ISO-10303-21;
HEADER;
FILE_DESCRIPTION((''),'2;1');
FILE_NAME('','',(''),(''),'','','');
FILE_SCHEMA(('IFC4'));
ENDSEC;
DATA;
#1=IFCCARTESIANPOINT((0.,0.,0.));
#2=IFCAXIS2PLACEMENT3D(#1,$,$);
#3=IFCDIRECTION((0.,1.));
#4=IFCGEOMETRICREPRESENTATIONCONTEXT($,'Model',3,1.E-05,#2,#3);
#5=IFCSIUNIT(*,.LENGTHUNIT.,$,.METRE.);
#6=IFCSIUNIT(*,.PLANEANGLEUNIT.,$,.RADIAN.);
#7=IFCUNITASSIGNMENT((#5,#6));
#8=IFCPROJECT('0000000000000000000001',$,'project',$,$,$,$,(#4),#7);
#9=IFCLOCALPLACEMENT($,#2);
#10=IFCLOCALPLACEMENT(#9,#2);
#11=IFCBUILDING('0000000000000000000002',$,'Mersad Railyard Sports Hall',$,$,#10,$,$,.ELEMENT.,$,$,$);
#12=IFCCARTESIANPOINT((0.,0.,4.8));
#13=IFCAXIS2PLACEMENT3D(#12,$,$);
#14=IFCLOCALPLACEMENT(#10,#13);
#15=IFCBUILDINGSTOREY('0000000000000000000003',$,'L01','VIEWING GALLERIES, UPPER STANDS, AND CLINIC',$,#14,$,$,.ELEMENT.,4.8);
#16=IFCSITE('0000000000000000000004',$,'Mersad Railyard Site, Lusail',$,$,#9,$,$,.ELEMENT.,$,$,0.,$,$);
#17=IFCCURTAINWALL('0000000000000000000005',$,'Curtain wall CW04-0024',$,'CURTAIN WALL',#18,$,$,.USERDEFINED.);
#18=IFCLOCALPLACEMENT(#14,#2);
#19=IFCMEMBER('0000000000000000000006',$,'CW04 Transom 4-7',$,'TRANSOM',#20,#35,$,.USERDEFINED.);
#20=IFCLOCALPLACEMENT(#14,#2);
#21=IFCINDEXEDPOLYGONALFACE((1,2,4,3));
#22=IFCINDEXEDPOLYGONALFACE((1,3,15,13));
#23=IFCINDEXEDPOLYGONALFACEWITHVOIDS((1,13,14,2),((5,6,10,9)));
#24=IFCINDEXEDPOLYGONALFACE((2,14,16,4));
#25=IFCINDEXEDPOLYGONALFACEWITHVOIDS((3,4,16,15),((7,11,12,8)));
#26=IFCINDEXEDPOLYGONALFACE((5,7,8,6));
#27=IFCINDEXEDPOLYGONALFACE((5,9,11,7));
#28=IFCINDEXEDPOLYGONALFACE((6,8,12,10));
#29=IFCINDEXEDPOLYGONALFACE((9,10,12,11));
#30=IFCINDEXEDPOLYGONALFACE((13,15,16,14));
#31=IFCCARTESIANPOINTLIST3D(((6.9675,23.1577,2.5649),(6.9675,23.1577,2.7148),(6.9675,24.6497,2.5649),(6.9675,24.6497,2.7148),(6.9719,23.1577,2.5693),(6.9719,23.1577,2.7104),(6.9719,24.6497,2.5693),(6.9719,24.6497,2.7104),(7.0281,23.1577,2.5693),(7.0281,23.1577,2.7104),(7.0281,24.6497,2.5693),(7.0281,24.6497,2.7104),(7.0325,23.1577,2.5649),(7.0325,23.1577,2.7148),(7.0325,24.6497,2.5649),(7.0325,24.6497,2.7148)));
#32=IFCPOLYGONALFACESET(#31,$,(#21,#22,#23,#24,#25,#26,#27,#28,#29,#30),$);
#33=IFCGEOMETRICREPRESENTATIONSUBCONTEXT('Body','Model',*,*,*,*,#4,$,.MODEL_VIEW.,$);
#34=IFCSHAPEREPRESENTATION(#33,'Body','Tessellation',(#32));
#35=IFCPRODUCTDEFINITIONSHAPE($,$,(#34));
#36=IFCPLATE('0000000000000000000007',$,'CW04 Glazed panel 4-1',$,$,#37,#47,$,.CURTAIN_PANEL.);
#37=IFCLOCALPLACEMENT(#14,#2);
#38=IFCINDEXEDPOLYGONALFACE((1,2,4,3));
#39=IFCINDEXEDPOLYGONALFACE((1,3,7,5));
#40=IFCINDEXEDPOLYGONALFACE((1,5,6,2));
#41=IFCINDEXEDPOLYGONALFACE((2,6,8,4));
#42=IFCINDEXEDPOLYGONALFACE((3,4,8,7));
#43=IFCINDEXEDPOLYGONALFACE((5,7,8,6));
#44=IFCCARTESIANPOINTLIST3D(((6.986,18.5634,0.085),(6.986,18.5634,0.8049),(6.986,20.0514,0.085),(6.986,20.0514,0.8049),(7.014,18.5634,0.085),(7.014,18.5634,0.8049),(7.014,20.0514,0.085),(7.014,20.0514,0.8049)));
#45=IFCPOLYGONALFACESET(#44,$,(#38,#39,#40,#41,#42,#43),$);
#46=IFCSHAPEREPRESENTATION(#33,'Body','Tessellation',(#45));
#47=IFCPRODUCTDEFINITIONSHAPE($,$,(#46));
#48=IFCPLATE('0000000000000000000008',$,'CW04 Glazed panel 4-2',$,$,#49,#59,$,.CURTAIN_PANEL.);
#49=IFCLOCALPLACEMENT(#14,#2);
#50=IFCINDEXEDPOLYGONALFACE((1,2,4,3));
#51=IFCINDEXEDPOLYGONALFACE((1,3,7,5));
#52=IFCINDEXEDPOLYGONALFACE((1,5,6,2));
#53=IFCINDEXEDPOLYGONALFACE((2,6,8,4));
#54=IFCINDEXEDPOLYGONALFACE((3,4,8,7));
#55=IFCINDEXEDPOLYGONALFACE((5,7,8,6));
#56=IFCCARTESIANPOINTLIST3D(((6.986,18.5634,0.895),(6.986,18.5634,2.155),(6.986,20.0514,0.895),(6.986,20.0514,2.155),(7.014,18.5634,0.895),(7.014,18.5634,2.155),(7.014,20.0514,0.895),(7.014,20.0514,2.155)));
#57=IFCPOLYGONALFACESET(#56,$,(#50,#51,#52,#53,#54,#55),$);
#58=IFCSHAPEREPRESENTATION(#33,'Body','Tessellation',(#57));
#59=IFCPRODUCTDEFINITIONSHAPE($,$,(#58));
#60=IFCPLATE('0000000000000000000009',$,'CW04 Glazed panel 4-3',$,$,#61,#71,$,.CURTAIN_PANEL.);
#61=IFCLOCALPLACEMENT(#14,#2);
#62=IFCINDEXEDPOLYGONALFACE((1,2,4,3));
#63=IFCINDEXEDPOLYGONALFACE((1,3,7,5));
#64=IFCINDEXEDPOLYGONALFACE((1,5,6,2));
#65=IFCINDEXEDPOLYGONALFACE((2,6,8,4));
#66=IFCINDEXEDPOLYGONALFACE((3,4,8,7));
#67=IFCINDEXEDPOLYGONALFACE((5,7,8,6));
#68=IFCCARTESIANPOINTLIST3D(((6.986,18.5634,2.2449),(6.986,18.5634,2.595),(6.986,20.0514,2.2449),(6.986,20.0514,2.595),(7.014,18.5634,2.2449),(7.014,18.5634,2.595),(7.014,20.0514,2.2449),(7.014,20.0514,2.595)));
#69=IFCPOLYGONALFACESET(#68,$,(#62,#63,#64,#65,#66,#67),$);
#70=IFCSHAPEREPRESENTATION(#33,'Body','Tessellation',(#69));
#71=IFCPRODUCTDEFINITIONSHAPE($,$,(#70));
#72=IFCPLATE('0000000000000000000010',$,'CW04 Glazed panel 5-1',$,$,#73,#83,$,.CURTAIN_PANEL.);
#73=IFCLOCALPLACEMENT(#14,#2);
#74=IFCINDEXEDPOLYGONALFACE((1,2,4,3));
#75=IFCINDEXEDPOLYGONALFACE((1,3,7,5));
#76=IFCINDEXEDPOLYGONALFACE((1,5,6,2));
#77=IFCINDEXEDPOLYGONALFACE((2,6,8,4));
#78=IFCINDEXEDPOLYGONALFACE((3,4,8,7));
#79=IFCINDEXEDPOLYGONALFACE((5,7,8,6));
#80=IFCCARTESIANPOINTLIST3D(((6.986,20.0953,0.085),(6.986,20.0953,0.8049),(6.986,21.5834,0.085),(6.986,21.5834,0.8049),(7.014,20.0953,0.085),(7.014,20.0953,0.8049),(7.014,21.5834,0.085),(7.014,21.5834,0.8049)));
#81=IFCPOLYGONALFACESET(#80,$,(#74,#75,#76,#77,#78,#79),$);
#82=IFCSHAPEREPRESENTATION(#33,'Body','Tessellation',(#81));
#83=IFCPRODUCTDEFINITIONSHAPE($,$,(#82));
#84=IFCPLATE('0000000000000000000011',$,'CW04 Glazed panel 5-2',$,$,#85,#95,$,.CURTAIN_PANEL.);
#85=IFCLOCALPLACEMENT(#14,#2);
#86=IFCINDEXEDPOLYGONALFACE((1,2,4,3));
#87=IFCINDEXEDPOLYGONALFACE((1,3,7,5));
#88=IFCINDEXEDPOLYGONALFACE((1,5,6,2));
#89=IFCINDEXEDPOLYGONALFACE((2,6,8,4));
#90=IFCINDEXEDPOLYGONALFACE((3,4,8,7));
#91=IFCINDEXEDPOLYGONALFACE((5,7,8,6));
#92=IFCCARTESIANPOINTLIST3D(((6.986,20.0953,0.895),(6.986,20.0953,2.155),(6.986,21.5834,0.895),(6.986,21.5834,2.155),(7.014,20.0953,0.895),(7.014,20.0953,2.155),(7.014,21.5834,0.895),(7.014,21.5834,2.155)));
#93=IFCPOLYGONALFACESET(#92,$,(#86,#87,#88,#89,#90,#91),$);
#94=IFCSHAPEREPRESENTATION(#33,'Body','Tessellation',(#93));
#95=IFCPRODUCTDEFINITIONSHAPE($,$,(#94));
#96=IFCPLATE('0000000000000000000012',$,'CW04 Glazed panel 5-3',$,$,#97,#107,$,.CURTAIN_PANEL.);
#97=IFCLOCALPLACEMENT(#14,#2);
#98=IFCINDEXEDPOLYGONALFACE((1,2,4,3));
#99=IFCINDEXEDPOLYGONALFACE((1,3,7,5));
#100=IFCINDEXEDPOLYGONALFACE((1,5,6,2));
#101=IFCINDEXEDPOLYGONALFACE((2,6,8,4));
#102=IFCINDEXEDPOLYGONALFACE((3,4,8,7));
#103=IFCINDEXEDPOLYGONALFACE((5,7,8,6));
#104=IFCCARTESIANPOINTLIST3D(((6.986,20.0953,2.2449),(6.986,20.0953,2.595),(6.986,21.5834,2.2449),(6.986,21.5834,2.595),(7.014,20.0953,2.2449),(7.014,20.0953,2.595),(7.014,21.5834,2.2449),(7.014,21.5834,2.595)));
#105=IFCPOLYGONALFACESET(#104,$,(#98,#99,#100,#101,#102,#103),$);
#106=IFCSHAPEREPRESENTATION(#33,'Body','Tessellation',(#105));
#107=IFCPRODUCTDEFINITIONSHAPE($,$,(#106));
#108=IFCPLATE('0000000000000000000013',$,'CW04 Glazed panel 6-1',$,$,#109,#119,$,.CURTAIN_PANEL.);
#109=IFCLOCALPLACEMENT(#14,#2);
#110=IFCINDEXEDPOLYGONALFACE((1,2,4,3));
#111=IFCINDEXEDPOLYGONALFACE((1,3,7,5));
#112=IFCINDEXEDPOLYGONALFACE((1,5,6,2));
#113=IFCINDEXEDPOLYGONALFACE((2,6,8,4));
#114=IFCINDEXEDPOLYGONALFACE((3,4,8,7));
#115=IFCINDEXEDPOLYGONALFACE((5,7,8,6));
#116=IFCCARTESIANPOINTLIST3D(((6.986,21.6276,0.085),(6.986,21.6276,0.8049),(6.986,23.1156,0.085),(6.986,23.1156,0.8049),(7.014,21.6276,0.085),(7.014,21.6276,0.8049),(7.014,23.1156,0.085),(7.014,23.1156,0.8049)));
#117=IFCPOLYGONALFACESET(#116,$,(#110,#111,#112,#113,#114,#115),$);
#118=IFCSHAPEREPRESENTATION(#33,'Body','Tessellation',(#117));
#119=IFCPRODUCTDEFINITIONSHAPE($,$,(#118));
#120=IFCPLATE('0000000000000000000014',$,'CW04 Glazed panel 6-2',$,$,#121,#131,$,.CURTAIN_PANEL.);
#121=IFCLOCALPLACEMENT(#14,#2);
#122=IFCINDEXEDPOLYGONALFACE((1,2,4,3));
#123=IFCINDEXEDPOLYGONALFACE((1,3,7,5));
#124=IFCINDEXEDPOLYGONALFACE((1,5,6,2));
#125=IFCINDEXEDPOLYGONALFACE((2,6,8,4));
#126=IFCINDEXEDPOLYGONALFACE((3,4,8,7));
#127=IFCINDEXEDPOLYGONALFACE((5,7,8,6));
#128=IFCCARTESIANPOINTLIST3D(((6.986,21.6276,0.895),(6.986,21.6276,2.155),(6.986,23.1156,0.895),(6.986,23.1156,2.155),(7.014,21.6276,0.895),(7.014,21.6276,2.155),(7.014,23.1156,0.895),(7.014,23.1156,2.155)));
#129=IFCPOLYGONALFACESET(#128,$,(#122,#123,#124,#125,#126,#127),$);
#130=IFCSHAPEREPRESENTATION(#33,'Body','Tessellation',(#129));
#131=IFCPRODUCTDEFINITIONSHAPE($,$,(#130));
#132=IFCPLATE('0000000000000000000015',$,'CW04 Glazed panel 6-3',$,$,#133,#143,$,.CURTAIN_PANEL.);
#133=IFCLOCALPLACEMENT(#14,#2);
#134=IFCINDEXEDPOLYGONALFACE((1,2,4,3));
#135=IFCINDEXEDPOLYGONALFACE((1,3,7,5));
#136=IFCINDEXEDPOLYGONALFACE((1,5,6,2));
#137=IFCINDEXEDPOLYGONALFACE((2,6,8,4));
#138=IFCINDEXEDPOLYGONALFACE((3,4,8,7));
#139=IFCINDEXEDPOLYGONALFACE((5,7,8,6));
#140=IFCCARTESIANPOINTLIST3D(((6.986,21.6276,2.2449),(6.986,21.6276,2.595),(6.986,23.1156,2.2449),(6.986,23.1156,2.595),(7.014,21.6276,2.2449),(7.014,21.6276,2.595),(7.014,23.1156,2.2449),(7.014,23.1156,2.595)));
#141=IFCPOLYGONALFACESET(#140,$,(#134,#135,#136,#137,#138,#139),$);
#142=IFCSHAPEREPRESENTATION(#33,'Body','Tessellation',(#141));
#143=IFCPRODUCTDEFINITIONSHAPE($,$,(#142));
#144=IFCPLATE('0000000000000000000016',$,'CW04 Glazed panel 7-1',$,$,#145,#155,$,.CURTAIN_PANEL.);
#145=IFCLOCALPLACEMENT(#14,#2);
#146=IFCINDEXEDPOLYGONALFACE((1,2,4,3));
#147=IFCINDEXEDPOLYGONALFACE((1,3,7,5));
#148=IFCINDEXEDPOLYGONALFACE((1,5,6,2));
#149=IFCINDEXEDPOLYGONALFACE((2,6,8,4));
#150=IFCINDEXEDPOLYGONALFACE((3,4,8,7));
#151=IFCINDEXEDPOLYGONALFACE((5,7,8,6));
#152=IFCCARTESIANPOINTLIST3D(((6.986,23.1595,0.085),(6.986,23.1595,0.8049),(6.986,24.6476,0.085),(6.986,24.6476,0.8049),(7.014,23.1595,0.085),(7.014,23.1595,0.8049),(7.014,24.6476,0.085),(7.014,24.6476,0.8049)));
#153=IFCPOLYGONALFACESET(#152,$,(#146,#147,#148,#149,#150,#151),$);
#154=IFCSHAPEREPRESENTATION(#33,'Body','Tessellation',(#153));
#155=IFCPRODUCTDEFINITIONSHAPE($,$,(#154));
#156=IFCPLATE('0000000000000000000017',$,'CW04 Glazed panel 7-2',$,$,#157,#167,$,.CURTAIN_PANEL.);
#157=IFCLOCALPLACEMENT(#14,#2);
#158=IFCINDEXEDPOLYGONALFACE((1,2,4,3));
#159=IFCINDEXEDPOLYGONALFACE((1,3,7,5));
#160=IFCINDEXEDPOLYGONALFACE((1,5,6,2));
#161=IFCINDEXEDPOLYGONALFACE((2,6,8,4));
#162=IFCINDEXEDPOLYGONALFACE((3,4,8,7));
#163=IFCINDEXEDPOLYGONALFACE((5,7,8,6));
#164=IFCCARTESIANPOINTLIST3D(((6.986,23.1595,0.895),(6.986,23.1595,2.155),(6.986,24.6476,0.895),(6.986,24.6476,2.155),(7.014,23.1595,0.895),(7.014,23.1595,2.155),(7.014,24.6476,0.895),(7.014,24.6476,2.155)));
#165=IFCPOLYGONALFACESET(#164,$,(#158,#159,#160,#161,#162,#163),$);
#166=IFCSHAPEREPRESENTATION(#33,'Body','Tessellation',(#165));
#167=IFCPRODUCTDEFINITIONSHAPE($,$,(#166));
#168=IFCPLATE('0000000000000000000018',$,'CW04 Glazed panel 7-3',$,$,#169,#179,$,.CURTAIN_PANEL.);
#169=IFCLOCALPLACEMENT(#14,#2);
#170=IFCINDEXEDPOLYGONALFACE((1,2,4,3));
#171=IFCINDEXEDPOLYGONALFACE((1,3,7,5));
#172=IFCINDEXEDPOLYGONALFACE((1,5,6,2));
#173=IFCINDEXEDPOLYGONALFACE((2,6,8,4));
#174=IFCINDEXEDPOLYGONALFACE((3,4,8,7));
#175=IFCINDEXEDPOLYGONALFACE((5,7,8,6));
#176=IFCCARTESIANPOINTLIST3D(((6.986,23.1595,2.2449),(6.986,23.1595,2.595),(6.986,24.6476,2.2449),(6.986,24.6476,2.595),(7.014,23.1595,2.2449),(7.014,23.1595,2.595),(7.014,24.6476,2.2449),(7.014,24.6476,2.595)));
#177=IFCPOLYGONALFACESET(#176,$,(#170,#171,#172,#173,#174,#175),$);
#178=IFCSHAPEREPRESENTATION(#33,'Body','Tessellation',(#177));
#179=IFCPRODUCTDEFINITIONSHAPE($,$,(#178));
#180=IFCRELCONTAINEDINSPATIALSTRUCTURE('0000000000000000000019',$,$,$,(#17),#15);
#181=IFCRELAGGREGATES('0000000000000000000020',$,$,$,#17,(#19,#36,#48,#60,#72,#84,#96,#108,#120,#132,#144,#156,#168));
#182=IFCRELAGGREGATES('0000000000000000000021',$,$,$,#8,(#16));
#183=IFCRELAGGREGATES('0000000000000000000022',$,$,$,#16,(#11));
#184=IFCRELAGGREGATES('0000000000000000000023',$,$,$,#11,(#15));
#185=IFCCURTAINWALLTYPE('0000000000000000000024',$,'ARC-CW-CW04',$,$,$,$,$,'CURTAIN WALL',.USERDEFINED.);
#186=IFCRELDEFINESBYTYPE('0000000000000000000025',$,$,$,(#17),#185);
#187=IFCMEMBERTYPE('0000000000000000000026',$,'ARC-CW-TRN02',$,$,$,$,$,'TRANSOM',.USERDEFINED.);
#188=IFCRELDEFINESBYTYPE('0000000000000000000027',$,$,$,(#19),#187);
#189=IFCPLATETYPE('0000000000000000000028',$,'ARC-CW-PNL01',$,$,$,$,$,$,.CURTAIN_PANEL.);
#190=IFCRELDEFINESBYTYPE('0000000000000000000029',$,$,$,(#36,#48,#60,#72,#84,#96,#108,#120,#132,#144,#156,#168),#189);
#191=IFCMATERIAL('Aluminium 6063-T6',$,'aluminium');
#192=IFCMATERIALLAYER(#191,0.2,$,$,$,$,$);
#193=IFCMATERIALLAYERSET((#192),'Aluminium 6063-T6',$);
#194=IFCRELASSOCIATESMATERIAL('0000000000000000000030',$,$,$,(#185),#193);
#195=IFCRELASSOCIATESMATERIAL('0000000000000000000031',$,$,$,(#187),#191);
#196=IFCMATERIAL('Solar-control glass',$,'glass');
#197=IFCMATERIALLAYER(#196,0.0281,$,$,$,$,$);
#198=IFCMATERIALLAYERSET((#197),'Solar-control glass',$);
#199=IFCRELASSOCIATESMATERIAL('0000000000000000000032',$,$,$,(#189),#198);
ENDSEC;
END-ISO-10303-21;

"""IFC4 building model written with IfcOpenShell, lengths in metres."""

from ifc_helpers import new_model, si_unit, direction, frame, origin, origin_2d, place, context, subcontext, project, spatial, rectangle, hollow_rectangle, extrude, material, layer, layer_set, material_profile, profile_set, type_object, element, aggregate, save


model = new_model("IFC4")

# Units and contexts
model_context = context("Model", 3, precision=1e-05, world=origin(), true_north=direction((0.0, 1.0)))
body_context = subcontext(model_context, "Body", "Model", "MODEL_VIEW")
ifc_project = project(units=[si_unit("LENGTHUNIT", "METRE"), si_unit("PLANEANGLEUNIT", "RADIAN")], contexts=[model_context])

# Site, building, storey
site_placement = place(None, origin())
site = spatial("IfcSite", under=ifc_project, at=site_placement, Name="Mersad Railyard Site, Lusail", CompositionType="ELEMENT", RefElevation=0.0)
building_placement = place(site_placement, origin())
building = spatial("IfcBuilding", under=site, at=building_placement, Name="Mersad Railyard Sports Hall", CompositionType="ELEMENT")
storey_placement = place(building_placement, frame((0.0, 0.0, 4.8)))
storey = spatial("IfcBuildingStorey", under=building, at=storey_placement, Name="L01", Description="VIEWING GALLERIES, UPPER STANDS, AND CLINIC", CompositionType="ELEMENT", Elevation=4.8)

# Curtain wall, member, plates
ifc_material_1 = material(Name="Aluminium 6063-T6", Category="aluminium")
ifc_layer_1 = layer(ifc_material_1, 0.2)
ifc_layer_set_1 = layer_set([ifc_layer_1], Name="Aluminium 6063-T6")
curtain_wall_type = type_object("IfcCurtainWallType", Name="ARC-CW-CW04", ElementType="CURTAIN WALL", PredefinedType="USERDEFINED", material=ifc_layer_set_1)
curtain_wall_placement = place(storey_placement, origin())
curtain_wall = element("IfcCurtainWall", 1, at=curtain_wall_placement, inside=storey, type_object=curtain_wall_type, Name="Curtain wall CW04-0024", ObjectType="CURTAIN WALL", PredefinedType="USERDEFINED")
ifc_material_profile_1 = material_profile(ifc_material_1, hollow_rectangle(XDim=0.0649, YDim=0.1499, WallThickness=0.0044, at=origin_2d()), Name="AL TRANSOM 65x150x4.5")
ifc_profile_set_1 = profile_set([ifc_material_profile_1], Name="Aluminium 6063-T6")
member_type_1 = type_object("IfcMemberType", Name="ARC-CW-TRN02", ElementType="TRANSOM", PredefinedType="USERDEFINED", material=ifc_profile_set_1)
member_1_placement = place(storey_placement, frame((7.0, 23.1577, 2.6399), z_axis=(0.0, 1.0, 0.0), x_axis=(-1.0, 0.0, 0.0)))
member_1 = element("IfcMember", 2, at=member_1_placement, type_object=member_type_1, Name="CW04 Transom 4-7", ObjectType="TRANSOM", PredefinedType="USERDEFINED", context=body_context, shape_type="SweptSolid", body=[
    extrude(hollow_rectangle(XDim=0.0649, YDim=0.1499, WallThickness=0.0044, at=origin_2d()), origin(), (0.0, 0.0, 1.0), 1.4919),
])
ifc_material_2 = material(Name="Solar-control glass", Category="glass")
ifc_layer_2 = layer(ifc_material_2, 0.0281)
ifc_layer_set_2 = layer_set([ifc_layer_2], Name="Solar-control glass")
plate_type = type_object("IfcPlateType", Name="ARC-CW-PNL01", PredefinedType="CURTAIN_PANEL", material=ifc_layer_set_2)
plate_1_placement = place(storey_placement, frame((7.0, 19.3074, 0.085), z_axis=(0.0, 0.0, 1.0), x_axis=(0.0, 1.0, 0.0)))
plate_1 = element("IfcPlate", 3, at=plate_1_placement, type_object=plate_type, Name="CW04 Glazed panel 4-1", PredefinedType="CURTAIN_PANEL", context=body_context, shape_type="SweptSolid", body=[
    extrude(rectangle(XDim=1.488, YDim=0.0281, at=origin_2d()), origin(), (0.0, 0.0, 1.0), 0.72),
])
plate_2_placement = place(storey_placement, frame((7.0, 19.3074, 0.895), z_axis=(0.0, 0.0, 1.0), x_axis=(0.0, 1.0, 0.0)))
plate_2 = element("IfcPlate", 4, at=plate_2_placement, type_object=plate_type, Name="CW04 Glazed panel 4-2", PredefinedType="CURTAIN_PANEL", context=body_context, shape_type="SweptSolid", body=[
    extrude(rectangle(XDim=1.488, YDim=0.0281, at=origin_2d()), origin(), (0.0, 0.0, 1.0), 1.26),
])
plate_3_placement = place(storey_placement, frame((7.0, 19.3074, 2.2449), z_axis=(0.0, 0.0, 1.0), x_axis=(0.0, 1.0, 0.0)))
plate_3 = element("IfcPlate", 5, at=plate_3_placement, type_object=plate_type, Name="CW04 Glazed panel 4-3", PredefinedType="CURTAIN_PANEL", context=body_context, shape_type="SweptSolid", body=[
    extrude(rectangle(XDim=1.488, YDim=0.0281, at=origin_2d()), origin(), (0.0, 0.0, 1.0), 0.3501),
])
plate_4_placement = place(storey_placement, frame((7.0, 20.8394, 0.085), z_axis=(0.0, 0.0, 1.0), x_axis=(0.0, 1.0, 0.0)))
plate_4 = element("IfcPlate", 6, at=plate_4_placement, type_object=plate_type, Name="CW04 Glazed panel 5-1", PredefinedType="CURTAIN_PANEL", context=body_context, shape_type="SweptSolid", body=[
    extrude(rectangle(XDim=1.488, YDim=0.0281, at=origin_2d()), origin(), (0.0, 0.0, 1.0), 0.72),
])
plate_5_placement = place(storey_placement, frame((7.0, 20.8394, 0.895), z_axis=(0.0, 0.0, 1.0), x_axis=(0.0, 1.0, 0.0)))
plate_5 = element("IfcPlate", 7, at=plate_5_placement, type_object=plate_type, Name="CW04 Glazed panel 5-2", PredefinedType="CURTAIN_PANEL", context=body_context, shape_type="SweptSolid", body=[
    extrude(rectangle(XDim=1.488, YDim=0.0281, at=origin_2d()), origin(), (0.0, 0.0, 1.0), 1.26),
])
plate_6_placement = place(storey_placement, frame((7.0, 20.8394, 2.2449), z_axis=(0.0, 0.0, 1.0), x_axis=(0.0, 1.0, 0.0)))
plate_6 = element("IfcPlate", 8, at=plate_6_placement, type_object=plate_type, Name="CW04 Glazed panel 5-3", PredefinedType="CURTAIN_PANEL", context=body_context, shape_type="SweptSolid", body=[
    extrude(rectangle(XDim=1.488, YDim=0.0281, at=origin_2d()), origin(), (0.0, 0.0, 1.0), 0.3501),
])
plate_7_placement = place(storey_placement, frame((7.0, 22.3716, 0.085), z_axis=(0.0, 0.0, 1.0), x_axis=(0.0, 1.0, 0.0)))
plate_7 = element("IfcPlate", 9, at=plate_7_placement, type_object=plate_type, Name="CW04 Glazed panel 6-1", PredefinedType="CURTAIN_PANEL", context=body_context, shape_type="SweptSolid", body=[
    extrude(rectangle(XDim=1.488, YDim=0.0281, at=origin_2d()), origin(), (0.0, 0.0, 1.0), 0.72),
])
plate_8_placement = place(storey_placement, frame((7.0, 22.3716, 0.895), z_axis=(0.0, 0.0, 1.0), x_axis=(0.0, 1.0, 0.0)))
plate_8 = element("IfcPlate", 10, at=plate_8_placement, type_object=plate_type, Name="CW04 Glazed panel 6-2", PredefinedType="CURTAIN_PANEL", context=body_context, shape_type="SweptSolid", body=[
    extrude(rectangle(XDim=1.488, YDim=0.0281, at=origin_2d()), origin(), (0.0, 0.0, 1.0), 1.26),
])
plate_9_placement = place(storey_placement, frame((7.0, 22.3716, 2.2449), z_axis=(0.0, 0.0, 1.0), x_axis=(0.0, 1.0, 0.0)))
plate_9 = element("IfcPlate", 11, at=plate_9_placement, type_object=plate_type, Name="CW04 Glazed panel 6-3", PredefinedType="CURTAIN_PANEL", context=body_context, shape_type="SweptSolid", body=[
    extrude(rectangle(XDim=1.488, YDim=0.0281, at=origin_2d()), origin(), (0.0, 0.0, 1.0), 0.3501),
])
plate_10_placement = place(storey_placement, frame((7.0, 23.9036, 0.085), z_axis=(0.0, 0.0, 1.0), x_axis=(0.0, 1.0, 0.0)))
plate_10 = element("IfcPlate", 12, at=plate_10_placement, type_object=plate_type, Name="CW04 Glazed panel 7-1", PredefinedType="CURTAIN_PANEL", context=body_context, shape_type="SweptSolid", body=[
    extrude(rectangle(XDim=1.488, YDim=0.0281, at=origin_2d()), origin(), (0.0, 0.0, 1.0), 0.72),
])
plate_11_placement = place(storey_placement, frame((7.0, 23.9036, 0.895), z_axis=(0.0, 0.0, 1.0), x_axis=(0.0, 1.0, 0.0)))
plate_11 = element("IfcPlate", 13, at=plate_11_placement, type_object=plate_type, Name="CW04 Glazed panel 7-2", PredefinedType="CURTAIN_PANEL", context=body_context, shape_type="SweptSolid", body=[
    extrude(rectangle(XDim=1.488, YDim=0.0281, at=origin_2d()), origin(), (0.0, 0.0, 1.0), 1.26),
])
plate_12_placement = place(storey_placement, frame((7.0, 23.9036, 2.2449), z_axis=(0.0, 0.0, 1.0), x_axis=(0.0, 1.0, 0.0)))
plate_12 = element("IfcPlate", 14, at=plate_12_placement, type_object=plate_type, Name="CW04 Glazed panel 7-3", PredefinedType="CURTAIN_PANEL", context=body_context, shape_type="SweptSolid", body=[
    extrude(rectangle(XDim=1.488, YDim=0.0281, at=origin_2d()), origin(), (0.0, 0.0, 1.0), 0.3501),
])
aggregate(curtain_wall, [member_1, plate_1, plate_2, plate_3, plate_4, plate_5, plate_6, plate_7, plate_8, plate_9, plate_10, plate_11, plate_12])

save(model, "model.ifc")
